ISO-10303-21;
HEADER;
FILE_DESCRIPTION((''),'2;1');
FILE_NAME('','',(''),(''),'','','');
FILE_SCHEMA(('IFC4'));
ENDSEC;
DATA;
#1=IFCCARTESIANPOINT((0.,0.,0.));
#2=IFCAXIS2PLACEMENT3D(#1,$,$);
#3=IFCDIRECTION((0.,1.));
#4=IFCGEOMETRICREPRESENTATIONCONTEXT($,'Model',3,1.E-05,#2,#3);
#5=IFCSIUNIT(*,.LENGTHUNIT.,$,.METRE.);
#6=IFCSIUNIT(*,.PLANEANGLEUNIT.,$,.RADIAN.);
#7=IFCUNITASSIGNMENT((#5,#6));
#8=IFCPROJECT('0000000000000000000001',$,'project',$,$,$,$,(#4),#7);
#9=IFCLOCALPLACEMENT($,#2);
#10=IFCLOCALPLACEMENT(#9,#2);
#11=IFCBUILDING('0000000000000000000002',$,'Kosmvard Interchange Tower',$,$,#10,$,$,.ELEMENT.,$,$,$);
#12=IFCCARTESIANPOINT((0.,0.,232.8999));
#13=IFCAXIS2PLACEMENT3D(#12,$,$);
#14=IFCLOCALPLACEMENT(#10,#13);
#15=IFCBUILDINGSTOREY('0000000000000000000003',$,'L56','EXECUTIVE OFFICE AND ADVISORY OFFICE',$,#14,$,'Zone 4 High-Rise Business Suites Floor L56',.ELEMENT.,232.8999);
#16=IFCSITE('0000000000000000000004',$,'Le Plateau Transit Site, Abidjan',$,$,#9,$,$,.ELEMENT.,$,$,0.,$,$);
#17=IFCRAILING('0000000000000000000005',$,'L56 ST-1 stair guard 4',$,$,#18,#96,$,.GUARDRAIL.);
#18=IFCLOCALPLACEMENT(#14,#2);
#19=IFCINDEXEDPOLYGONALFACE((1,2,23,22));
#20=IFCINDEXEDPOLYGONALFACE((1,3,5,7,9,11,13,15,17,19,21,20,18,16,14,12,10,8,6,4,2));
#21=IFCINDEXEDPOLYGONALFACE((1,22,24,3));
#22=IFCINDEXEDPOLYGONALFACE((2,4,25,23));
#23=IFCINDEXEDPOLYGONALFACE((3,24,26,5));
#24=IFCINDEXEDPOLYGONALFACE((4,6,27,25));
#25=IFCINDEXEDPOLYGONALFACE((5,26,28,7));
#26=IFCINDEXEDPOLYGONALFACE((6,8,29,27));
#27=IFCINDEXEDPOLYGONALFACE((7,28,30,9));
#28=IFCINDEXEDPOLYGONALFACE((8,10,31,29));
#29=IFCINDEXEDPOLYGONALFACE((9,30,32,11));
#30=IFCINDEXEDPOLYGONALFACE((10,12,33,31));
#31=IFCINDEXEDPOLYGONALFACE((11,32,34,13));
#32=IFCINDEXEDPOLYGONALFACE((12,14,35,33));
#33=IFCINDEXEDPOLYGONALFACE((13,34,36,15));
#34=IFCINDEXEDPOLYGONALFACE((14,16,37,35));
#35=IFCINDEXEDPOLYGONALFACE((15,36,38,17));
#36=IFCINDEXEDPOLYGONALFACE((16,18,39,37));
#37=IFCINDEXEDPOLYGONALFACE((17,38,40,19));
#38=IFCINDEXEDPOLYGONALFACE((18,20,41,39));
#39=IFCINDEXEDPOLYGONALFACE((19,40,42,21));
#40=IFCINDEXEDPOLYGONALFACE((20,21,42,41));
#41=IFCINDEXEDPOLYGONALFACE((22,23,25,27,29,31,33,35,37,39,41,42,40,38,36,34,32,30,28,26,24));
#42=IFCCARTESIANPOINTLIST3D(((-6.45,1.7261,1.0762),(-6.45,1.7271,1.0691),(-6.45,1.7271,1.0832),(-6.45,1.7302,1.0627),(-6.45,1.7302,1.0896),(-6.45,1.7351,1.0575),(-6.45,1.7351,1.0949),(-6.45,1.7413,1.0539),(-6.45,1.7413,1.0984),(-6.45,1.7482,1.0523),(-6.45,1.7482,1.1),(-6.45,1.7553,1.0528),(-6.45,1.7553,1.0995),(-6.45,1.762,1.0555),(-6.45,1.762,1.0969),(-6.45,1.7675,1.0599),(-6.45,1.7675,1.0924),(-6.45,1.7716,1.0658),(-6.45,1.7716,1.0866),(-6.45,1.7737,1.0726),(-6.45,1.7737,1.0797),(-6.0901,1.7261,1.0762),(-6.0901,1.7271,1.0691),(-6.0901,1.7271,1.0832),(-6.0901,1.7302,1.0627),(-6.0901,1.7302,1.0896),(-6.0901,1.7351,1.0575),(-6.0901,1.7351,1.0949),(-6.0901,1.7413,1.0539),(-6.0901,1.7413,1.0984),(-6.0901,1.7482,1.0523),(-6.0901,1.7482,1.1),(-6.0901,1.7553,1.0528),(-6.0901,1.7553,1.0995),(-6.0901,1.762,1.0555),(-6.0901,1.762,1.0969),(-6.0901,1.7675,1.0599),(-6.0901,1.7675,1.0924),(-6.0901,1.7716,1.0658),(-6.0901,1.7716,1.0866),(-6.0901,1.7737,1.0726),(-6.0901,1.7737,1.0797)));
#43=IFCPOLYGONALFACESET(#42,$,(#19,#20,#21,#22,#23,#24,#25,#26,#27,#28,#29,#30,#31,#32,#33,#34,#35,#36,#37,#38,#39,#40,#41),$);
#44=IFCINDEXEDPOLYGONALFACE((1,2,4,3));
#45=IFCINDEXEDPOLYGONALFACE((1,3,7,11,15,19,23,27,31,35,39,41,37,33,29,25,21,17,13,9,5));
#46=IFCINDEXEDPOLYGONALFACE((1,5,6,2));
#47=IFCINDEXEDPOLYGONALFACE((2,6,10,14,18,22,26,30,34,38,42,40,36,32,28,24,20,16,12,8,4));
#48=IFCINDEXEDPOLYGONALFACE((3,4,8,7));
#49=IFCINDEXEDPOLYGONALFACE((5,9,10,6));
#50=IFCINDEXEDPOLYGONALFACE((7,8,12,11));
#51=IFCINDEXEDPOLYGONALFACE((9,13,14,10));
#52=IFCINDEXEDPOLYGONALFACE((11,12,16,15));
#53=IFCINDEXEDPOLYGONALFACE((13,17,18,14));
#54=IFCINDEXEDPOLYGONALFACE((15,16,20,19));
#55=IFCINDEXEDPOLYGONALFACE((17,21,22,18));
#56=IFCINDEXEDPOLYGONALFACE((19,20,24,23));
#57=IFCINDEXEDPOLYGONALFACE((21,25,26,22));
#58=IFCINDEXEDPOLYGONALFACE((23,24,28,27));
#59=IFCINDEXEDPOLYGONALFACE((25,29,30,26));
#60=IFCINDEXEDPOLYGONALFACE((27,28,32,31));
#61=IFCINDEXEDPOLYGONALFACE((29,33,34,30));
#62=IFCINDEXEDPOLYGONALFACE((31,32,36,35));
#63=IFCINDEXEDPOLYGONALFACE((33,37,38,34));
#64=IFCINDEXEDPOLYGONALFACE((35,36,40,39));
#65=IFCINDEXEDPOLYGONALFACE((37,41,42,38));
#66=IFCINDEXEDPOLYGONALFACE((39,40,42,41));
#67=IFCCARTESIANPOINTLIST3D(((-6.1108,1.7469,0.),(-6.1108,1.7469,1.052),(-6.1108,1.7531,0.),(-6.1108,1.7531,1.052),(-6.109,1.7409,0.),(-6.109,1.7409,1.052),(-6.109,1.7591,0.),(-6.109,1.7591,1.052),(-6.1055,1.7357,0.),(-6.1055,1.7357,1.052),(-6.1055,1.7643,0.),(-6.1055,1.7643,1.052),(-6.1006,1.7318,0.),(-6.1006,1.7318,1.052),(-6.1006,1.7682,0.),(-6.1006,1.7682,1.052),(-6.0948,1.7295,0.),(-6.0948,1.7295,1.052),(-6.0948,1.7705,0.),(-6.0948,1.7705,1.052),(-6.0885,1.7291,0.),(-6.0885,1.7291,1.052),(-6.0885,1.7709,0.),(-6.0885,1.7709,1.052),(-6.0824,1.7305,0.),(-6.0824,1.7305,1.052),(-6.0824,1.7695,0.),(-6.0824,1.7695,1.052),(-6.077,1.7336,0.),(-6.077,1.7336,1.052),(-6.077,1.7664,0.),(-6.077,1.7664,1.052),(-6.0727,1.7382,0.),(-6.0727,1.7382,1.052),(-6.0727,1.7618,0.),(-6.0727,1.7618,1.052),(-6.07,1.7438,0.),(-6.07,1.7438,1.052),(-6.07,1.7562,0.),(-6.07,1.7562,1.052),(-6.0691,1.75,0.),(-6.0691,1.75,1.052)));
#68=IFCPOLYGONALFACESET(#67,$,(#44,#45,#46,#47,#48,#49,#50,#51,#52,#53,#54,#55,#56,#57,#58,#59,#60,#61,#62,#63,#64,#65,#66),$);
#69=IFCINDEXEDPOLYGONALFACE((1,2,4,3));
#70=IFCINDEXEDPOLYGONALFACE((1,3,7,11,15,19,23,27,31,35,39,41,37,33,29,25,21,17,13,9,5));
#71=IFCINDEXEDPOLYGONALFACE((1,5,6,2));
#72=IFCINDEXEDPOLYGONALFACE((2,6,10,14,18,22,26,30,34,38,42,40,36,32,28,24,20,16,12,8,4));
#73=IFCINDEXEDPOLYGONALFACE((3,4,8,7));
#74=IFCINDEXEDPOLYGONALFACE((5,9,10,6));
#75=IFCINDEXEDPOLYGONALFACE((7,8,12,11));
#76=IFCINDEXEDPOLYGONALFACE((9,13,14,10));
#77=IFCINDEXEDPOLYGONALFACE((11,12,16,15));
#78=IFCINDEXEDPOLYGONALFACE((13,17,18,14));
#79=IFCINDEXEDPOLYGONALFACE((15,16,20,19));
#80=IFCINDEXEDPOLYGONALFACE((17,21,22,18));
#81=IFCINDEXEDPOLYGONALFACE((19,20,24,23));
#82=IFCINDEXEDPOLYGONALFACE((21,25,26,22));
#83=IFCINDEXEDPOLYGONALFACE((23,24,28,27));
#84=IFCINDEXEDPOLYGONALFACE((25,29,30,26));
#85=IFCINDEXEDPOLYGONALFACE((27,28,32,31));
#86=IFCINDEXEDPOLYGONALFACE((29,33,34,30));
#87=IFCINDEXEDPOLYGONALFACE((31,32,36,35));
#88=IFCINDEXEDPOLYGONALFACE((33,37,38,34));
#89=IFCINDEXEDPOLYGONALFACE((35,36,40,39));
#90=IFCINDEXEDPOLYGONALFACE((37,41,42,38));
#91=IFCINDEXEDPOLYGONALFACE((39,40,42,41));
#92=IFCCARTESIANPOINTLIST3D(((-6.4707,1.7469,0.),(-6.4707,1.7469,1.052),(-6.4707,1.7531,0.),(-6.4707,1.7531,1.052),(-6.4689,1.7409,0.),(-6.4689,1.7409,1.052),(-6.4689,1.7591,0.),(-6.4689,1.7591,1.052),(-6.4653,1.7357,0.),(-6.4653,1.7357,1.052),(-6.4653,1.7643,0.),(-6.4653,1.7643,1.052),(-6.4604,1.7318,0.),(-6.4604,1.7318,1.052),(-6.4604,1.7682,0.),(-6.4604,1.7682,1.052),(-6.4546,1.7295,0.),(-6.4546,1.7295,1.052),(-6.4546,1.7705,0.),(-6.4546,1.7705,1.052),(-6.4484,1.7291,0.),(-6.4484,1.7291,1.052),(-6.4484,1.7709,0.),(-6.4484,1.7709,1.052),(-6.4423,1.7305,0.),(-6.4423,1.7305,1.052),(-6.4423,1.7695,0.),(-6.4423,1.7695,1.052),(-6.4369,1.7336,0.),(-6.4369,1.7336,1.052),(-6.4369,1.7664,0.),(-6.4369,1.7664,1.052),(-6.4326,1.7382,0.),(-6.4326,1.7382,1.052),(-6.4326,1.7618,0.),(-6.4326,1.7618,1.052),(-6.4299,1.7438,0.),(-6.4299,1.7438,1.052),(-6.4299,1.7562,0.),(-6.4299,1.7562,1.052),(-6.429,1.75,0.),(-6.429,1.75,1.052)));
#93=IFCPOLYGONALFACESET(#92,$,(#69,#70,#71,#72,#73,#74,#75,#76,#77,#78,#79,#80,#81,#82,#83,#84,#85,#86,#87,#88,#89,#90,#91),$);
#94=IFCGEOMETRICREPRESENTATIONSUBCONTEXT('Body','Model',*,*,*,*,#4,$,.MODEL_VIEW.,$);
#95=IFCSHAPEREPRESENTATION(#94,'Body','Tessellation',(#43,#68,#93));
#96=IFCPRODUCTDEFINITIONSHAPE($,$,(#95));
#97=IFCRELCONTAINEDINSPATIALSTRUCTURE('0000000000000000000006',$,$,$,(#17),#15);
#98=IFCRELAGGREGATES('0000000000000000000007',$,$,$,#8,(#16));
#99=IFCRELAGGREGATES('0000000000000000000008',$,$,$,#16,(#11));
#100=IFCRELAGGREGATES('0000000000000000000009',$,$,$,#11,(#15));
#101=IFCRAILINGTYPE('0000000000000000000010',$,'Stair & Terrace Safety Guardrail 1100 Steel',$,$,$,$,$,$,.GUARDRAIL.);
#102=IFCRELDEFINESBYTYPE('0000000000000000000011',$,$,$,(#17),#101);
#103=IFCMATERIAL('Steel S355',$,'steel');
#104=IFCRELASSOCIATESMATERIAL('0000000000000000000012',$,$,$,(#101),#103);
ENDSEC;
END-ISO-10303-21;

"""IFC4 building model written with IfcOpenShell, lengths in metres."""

from ifc_helpers import new_model, si_unit, direction, frame, origin, origin_2d, place, context, subcontext, project, spatial, circle, extrude, source, transform, mapped, material, type_object, element, save


model = new_model("IFC4")

# Units and contexts
model_context = context("Model", 3, precision=1e-05, world=origin(), true_north=direction((0.0, 1.0)))
body_context = subcontext(model_context, "Body", "Model", "MODEL_VIEW")
ifc_project = project(units=[si_unit("LENGTHUNIT", "METRE"), si_unit("PLANEANGLEUNIT", "RADIAN")], contexts=[model_context])

# Site, building, storey
site_placement = place(None, origin())
site = spatial("IfcSite", under=ifc_project, at=site_placement, Name="Le Plateau Transit Site, Abidjan", CompositionType="ELEMENT", RefElevation=0.0)
building_placement = place(site_placement, origin())
building = spatial("IfcBuilding", under=site, at=building_placement, Name="Kosmvard Interchange Tower", CompositionType="ELEMENT")
storey_placement = place(building_placement, frame((0.0, 0.0, 232.8999)))
storey = spatial("IfcBuildingStorey", under=building, at=storey_placement, Name="L56", Description="EXECUTIVE OFFICE AND ADVISORY OFFICE", LongName="Zone 4 High-Rise Business Suites Floor L56", CompositionType="ELEMENT", Elevation=232.8999)

# Railing
ifc_material_1 = material(Name="Steel S355", Category="steel")
railing_type = type_object("IfcRailingType", Name="Stair & Terrace Safety Guardrail 1100 Steel", PredefinedType="GUARDRAIL", material=ifc_material_1)
shared_shape_1 = source(origin(), body_context, "Body", "SweptSolid", [
    extrude(circle(Radius=0.0239, at=origin_2d()), frame((0.0, 0.0, 1.0762), z_axis=(-1.0, 0.0, 0.0), x_axis=(0.0, -1.0, 0.0)), (0.0, 0.0, 1.0), 0.3599),
    extrude(circle(Radius=0.021, at=origin_2d()), origin(), (0.0, 0.0, 1.0), 1.052),
    extrude(circle(Radius=0.021, at=origin_2d()), frame((-0.3599, 0.0, 0.0)), (0.0, 0.0, 1.0), 1.052),
])
railing_1_placement = place(storey_placement, frame((-6.0901, 1.75, 0.0)))
element("IfcRailing", 1, at=railing_1_placement, inside=storey, type_object=railing_type, Name="L56 ST-1 stair guard 4", PredefinedType="GUARDRAIL", context=body_context, shape_type="MappedRepresentation", body=[
    mapped(shared_shape_1, transform((0.0, 0.0, 0.0), scale=1.0)),
])

save(model, "model.ifc")
